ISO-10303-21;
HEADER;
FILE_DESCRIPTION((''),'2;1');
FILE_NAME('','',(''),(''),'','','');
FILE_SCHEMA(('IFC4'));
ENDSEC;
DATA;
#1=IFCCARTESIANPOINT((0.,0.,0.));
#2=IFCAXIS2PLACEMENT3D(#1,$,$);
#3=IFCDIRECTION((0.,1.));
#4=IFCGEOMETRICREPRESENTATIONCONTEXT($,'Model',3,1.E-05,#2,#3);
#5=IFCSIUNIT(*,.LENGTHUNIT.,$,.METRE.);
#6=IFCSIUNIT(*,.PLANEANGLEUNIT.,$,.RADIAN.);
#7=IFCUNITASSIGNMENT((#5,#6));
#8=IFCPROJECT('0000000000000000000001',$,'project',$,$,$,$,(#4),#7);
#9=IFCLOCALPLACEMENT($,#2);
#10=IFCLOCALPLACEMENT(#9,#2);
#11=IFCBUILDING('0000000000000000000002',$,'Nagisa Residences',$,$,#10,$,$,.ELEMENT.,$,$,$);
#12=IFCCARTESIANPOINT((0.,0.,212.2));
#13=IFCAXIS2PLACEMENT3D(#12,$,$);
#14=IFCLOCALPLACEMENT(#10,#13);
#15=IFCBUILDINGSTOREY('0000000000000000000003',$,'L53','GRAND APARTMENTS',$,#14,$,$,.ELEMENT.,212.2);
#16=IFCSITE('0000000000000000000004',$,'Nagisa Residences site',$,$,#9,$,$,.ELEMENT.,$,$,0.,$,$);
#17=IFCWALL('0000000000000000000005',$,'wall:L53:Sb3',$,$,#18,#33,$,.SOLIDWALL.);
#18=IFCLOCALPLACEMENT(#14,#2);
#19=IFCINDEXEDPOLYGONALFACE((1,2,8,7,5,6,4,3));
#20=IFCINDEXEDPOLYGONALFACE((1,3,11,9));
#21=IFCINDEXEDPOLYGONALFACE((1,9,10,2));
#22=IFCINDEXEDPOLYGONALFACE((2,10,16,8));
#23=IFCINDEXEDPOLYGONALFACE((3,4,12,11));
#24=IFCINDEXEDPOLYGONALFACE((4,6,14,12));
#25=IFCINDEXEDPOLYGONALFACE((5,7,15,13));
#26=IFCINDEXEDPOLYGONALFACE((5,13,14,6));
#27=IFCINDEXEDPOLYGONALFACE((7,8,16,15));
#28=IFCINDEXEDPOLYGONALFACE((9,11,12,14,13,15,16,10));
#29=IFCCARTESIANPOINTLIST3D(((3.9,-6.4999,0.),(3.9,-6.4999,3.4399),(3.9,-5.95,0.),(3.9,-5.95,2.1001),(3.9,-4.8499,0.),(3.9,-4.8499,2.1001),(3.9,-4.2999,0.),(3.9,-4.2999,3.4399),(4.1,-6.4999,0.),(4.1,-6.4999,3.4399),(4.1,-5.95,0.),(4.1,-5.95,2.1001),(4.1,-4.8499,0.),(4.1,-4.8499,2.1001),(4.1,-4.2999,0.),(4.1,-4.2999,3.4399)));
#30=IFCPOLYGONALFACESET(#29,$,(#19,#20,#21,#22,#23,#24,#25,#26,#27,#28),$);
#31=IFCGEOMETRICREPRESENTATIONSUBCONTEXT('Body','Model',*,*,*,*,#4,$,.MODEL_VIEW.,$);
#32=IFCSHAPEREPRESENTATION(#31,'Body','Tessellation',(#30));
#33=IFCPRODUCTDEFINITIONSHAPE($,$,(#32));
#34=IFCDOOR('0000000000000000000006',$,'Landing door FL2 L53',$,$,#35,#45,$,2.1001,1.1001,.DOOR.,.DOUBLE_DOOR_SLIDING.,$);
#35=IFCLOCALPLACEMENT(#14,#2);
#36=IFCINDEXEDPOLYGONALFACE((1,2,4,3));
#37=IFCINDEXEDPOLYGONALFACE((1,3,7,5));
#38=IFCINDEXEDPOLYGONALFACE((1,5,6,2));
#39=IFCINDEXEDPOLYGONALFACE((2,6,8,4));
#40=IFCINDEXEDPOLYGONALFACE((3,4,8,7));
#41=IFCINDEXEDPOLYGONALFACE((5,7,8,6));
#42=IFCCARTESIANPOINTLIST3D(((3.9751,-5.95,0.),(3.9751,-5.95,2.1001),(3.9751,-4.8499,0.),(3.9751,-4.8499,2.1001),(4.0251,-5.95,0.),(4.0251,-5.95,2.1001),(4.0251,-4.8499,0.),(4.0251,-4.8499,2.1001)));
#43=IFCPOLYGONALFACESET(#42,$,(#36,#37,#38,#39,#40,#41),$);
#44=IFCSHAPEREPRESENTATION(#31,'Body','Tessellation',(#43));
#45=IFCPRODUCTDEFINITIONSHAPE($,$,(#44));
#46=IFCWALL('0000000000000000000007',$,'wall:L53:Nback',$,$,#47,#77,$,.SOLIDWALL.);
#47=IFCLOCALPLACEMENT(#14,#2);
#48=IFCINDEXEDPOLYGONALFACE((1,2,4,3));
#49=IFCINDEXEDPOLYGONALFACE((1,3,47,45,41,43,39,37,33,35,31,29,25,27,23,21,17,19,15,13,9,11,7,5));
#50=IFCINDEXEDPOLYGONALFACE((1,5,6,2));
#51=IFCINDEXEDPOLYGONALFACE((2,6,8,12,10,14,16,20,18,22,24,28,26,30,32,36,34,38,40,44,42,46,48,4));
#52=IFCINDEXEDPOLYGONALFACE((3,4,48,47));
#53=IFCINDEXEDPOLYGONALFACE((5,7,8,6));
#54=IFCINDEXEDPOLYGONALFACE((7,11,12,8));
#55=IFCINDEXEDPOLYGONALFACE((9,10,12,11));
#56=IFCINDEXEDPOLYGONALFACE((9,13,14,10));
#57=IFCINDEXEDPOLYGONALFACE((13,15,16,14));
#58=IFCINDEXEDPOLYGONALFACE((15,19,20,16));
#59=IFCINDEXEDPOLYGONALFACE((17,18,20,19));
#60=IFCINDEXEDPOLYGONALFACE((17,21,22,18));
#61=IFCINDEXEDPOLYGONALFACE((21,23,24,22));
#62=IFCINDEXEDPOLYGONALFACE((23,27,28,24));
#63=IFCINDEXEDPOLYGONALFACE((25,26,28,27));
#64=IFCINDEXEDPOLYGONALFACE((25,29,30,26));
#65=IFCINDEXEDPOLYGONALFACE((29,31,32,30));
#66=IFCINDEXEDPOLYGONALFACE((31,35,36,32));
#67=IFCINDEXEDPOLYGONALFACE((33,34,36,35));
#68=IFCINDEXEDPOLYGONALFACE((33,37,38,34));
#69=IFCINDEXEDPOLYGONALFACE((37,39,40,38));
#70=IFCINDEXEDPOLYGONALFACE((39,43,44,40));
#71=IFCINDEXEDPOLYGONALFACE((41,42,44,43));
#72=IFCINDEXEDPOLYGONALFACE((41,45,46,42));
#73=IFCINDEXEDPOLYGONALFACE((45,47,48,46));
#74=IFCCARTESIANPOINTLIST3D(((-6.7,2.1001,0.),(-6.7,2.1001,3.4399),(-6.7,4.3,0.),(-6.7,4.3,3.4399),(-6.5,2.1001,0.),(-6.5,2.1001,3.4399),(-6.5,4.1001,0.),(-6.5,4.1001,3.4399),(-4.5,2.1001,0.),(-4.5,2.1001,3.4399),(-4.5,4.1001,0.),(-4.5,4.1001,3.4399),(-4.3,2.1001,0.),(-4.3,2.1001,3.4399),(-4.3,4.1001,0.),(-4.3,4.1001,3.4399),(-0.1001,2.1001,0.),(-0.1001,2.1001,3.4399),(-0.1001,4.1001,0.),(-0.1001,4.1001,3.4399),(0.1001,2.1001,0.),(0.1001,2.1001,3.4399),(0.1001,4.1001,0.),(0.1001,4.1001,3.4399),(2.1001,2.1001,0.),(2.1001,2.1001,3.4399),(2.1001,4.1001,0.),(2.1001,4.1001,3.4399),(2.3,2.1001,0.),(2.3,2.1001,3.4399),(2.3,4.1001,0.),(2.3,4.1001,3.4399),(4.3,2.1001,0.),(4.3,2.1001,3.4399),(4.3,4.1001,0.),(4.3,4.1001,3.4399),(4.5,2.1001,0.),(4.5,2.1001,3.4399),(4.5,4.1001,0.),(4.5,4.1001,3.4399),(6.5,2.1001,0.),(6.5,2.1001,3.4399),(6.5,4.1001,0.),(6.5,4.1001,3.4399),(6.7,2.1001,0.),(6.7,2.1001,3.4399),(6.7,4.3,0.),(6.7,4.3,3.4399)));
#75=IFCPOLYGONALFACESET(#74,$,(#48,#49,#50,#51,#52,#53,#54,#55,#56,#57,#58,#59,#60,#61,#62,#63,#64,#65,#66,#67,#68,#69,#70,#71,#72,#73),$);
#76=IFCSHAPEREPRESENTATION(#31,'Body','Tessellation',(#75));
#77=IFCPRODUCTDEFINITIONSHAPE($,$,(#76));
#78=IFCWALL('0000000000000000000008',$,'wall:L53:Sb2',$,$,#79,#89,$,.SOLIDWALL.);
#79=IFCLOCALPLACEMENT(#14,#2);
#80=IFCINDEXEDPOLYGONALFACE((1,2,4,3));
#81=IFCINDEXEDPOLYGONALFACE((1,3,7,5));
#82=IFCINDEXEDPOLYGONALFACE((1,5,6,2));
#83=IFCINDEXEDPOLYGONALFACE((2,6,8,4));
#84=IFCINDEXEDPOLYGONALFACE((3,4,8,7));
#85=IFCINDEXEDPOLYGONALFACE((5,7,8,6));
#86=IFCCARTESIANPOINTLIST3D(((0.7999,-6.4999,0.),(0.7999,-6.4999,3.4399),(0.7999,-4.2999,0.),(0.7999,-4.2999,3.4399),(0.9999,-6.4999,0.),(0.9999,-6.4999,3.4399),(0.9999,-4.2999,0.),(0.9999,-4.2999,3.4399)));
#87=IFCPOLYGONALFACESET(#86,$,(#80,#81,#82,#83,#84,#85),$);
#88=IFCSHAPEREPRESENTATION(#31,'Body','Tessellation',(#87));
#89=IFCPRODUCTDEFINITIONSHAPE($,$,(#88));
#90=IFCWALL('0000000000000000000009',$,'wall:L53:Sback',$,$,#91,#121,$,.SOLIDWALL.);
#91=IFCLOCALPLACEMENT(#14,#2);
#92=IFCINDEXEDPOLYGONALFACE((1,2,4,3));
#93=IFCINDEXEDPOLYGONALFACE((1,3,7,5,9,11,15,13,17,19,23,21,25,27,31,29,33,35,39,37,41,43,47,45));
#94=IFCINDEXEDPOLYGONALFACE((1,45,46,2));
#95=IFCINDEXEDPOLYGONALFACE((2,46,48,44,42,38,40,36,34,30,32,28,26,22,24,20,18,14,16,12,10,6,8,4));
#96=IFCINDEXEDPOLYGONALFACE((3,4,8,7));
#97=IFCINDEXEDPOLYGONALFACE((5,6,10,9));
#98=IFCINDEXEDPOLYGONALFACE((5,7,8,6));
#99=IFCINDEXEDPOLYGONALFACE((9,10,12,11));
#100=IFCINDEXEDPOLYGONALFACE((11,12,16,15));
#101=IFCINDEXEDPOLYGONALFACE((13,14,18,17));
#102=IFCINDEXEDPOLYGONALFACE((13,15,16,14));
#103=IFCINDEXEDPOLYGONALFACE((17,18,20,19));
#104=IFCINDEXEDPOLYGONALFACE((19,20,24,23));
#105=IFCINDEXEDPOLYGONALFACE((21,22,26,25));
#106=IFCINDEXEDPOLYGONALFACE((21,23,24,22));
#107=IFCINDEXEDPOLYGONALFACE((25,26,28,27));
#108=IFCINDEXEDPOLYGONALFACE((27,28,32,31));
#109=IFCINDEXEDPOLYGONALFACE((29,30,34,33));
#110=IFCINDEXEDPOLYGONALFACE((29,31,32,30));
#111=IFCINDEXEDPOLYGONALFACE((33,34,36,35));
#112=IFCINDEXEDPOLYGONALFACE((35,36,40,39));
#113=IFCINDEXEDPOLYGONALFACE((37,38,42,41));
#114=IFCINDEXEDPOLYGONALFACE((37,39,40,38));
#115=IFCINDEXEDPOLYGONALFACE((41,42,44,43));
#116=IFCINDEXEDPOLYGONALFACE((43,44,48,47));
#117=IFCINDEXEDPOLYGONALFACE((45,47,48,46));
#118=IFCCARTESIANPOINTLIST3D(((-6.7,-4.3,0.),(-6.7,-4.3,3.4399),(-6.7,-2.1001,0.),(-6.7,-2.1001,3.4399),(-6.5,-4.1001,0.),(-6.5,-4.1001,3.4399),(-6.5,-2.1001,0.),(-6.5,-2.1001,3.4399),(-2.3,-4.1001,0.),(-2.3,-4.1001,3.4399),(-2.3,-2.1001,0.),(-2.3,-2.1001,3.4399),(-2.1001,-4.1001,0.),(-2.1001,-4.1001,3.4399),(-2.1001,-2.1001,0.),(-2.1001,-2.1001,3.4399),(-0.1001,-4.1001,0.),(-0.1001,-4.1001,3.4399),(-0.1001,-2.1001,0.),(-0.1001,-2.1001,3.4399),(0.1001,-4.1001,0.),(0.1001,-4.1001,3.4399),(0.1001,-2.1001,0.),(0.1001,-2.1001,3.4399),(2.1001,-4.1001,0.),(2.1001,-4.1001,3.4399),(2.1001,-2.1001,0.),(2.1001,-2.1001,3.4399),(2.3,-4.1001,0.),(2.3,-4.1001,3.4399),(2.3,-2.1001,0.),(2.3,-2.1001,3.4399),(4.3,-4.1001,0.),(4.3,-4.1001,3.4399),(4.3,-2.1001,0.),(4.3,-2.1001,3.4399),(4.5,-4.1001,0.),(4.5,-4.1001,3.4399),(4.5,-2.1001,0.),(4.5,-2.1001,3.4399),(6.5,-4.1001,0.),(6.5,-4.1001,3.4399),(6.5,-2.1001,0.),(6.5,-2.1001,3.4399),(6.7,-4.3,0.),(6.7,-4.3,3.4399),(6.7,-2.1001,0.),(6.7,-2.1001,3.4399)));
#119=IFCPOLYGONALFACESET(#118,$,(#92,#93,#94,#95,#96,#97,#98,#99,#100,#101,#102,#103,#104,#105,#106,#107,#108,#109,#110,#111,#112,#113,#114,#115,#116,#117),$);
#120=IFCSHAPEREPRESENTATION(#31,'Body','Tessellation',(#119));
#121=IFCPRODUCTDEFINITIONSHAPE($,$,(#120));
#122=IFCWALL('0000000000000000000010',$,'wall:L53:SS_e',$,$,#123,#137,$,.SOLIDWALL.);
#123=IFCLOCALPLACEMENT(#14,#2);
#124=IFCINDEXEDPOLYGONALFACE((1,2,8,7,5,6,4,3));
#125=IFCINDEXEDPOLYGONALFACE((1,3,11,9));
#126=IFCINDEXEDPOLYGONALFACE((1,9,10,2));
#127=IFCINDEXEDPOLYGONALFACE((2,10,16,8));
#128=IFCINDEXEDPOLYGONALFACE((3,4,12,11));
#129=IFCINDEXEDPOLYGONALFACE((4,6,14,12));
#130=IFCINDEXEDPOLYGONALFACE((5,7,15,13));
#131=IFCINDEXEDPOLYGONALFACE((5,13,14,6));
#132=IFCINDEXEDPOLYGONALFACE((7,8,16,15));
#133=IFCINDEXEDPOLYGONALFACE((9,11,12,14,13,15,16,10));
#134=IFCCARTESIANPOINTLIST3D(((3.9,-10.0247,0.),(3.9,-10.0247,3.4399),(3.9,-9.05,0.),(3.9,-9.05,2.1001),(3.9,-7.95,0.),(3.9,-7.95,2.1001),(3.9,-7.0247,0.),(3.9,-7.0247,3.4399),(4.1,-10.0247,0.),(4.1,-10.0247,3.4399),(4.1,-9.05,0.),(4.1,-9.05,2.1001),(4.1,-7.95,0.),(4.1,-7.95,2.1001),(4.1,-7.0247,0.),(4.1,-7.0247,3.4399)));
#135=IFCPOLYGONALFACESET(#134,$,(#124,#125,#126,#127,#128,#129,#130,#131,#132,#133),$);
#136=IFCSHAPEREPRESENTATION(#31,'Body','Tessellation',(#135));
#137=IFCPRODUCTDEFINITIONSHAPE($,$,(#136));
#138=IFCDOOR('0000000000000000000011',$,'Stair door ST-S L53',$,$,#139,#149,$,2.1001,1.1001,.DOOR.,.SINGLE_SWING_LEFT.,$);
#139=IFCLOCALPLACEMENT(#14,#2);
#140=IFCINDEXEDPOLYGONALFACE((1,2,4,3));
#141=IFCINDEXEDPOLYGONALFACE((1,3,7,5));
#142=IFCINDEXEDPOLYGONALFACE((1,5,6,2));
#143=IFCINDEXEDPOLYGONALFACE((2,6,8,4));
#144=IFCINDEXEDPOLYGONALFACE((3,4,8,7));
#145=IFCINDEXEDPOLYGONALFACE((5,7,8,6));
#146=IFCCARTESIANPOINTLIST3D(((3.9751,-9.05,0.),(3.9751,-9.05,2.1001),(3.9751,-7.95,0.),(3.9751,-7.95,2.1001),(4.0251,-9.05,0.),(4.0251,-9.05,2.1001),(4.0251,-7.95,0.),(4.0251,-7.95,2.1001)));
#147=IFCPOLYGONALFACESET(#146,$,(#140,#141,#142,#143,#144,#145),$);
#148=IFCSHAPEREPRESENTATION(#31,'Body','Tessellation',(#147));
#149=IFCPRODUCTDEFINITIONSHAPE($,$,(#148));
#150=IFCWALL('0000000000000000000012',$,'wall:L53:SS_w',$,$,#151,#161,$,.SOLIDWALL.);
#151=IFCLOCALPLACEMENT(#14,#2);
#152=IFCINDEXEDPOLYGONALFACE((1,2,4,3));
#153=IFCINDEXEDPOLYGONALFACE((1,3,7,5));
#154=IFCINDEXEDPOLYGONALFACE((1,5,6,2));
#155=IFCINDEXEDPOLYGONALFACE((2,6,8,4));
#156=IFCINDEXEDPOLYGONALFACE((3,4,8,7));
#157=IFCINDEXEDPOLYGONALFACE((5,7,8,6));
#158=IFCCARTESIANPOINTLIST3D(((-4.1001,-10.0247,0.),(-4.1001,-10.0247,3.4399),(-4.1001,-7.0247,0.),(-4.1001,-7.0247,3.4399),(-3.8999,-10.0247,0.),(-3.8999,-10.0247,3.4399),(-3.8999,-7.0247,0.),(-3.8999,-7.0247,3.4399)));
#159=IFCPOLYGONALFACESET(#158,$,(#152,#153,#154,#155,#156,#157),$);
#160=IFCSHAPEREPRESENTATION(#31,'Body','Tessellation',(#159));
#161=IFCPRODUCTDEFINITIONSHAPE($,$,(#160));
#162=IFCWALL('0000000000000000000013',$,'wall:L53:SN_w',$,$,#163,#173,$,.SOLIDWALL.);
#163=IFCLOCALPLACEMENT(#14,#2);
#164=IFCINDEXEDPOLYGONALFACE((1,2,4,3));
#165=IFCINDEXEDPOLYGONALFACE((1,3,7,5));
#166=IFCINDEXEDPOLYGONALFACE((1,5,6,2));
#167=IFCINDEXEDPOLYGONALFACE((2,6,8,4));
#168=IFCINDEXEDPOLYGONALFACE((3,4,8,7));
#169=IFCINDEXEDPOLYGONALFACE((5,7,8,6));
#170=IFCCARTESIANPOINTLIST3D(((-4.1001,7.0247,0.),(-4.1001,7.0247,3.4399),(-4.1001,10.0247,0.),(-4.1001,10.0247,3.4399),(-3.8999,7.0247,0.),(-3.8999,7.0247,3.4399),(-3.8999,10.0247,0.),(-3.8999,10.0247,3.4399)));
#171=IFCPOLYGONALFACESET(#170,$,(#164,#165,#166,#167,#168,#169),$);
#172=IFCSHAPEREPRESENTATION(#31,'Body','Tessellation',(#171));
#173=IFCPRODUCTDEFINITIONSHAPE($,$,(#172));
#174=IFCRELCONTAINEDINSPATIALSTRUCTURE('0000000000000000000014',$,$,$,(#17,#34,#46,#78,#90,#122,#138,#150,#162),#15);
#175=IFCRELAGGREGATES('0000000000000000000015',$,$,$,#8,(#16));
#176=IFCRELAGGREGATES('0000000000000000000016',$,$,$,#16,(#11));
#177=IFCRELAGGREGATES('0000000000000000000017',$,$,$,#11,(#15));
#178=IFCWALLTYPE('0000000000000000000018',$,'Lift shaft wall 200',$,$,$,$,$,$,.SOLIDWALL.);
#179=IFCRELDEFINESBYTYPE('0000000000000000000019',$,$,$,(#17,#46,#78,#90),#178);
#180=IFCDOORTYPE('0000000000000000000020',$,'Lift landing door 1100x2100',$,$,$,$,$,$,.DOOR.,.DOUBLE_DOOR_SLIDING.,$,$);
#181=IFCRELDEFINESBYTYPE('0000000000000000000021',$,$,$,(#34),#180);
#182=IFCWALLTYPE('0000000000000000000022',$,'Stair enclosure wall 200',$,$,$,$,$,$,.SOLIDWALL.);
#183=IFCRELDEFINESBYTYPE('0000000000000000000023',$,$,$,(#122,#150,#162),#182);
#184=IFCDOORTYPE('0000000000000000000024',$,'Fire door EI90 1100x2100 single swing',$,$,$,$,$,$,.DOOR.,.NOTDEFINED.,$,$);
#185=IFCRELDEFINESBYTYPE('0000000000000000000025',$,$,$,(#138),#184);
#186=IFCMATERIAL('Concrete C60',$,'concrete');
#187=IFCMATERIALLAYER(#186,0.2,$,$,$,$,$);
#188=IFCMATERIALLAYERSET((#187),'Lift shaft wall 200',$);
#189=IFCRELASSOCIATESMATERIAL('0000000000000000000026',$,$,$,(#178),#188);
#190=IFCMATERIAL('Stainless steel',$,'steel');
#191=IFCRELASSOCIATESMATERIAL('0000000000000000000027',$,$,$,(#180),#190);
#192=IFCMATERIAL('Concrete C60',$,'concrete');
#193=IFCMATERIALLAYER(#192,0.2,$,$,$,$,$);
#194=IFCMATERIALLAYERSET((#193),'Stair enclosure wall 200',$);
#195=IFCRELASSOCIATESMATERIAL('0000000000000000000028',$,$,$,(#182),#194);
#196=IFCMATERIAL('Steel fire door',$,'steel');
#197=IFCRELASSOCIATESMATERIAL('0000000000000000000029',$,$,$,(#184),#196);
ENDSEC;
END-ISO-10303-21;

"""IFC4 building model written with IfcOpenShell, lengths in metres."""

from ifc_helpers import new_model, si_unit, direction, frame, frame_2d, origin, place, context, subcontext, project, spatial, polyline, rectangle, outline, extrude, material, layer, layer_set, type_object, element, fill, save


model = new_model("IFC4")

# Units and contexts
model_context = context("Model", 3, precision=1e-05, world=origin(), true_north=direction((0.0, 1.0)))
body_context = subcontext(model_context, "Body", "Model", "MODEL_VIEW")
ifc_project = project(units=[si_unit("LENGTHUNIT", "METRE"), si_unit("PLANEANGLEUNIT", "RADIAN")], contexts=[model_context])

# Site, building, storey
site_placement = place(None, origin())
site = spatial("IfcSite", under=ifc_project, at=site_placement, Name="Nagisa Residences site", CompositionType="ELEMENT", RefElevation=0.0)
building_placement = place(site_placement, origin())
building = spatial("IfcBuilding", under=site, at=building_placement, Name="Nagisa Residences", CompositionType="ELEMENT")
storey_placement = place(building_placement, frame((0.0, 0.0, 212.2)))
storey = spatial("IfcBuildingStorey", under=building, at=storey_placement, Name="L53", Description="GRAND APARTMENTS", CompositionType="ELEMENT", Elevation=212.2)

# Wall, opening, door
ifc_material_1 = material(Name="Concrete C60", Category="concrete")
ifc_layer_1 = layer(ifc_material_1, 0.2)
ifc_layer_set_1 = layer_set([ifc_layer_1], Name="Lift shaft wall 200")
wall_type_1 = type_object("IfcWallType", Name="Lift shaft wall 200", PredefinedType="SOLIDWALL", material=ifc_layer_set_1)
wall_1_placement = place(storey_placement, frame((4.0, -6.5, 0.0), z_axis=(0.0, 0.0, 1.0), x_axis=(0.0, 1.0, 0.0)))
wall_1 = element("IfcWall", 1, at=wall_1_placement, inside=storey, type_object=wall_type_1, Name="wall:L53:Sb3", PredefinedType="SOLIDWALL", context=body_context, shape_type="SweptSolid", body=[
    extrude(rectangle(XDim=2.2, YDim=0.2, at=frame_2d((1.1001, 0.0))), origin(), (0.0, 0.0, 1.0), 3.4399),
])
opening_1_placement = place(wall_1_placement, frame((0.55, 0.0, 0.0)))
opening_1 = element("IfcOpeningElement", 2, at=opening_1_placement, cuts=wall_1, PredefinedType="OPENING", context=body_context, shape_type="SweptSolid", body=[
    extrude(rectangle(XDim=1.1001, YDim=2.1001, at=frame_2d((0.55, 1.05))), frame((0.0, 0.1099, 0.0), z_axis=(0.0, -1.0, 0.0), x_axis=(1.0, 0.0, 0.0)), (0.0, 0.0, 1.0), 0.22),
])
ifc_material_2 = material(Name="Stainless steel", Category="steel")
door_type_1 = type_object("IfcDoorType", Name="Lift landing door 1100x2100", OperationType="DOUBLE_DOOR_SLIDING", PredefinedType="DOOR", material=ifc_material_2)
door_1_placement = place(opening_1_placement, origin())
door_1 = element("IfcDoor", 3, at=door_1_placement, inside=storey, type_object=door_type_1, Name="Landing door FL2 L53", OperationType="DOUBLE_DOOR_SLIDING", OverallHeight=2.1001, OverallWidth=1.1001, PredefinedType="DOOR", context=body_context, shape_type="SweptSolid", body=[
    extrude(rectangle(XDim=1.1001, YDim=2.1001, at=frame_2d((0.55, 1.05))), frame((0.0, 0.0249, 0.0), z_axis=(0.0, -1.0, 0.0), x_axis=(1.0, 0.0, 0.0)), (0.0, 0.0, 1.0), 0.05),
])
fill(opening_1, door_1)

# Walls
wall_2_placement = place(storey_placement, origin())
element("IfcWall", 4, at=wall_2_placement, inside=storey, type_object=wall_type_1, Name="wall:L53:Nback", PredefinedType="SOLIDWALL", context=body_context, shape_type="SweptSolid", body=[
    extrude(outline(polyline([(-6.7, 4.3), (6.7, 4.3), (6.7, 2.1001), (6.5, 2.1001), (6.5, 4.1001), (4.5, 4.1001), (4.5, 2.1001), (4.3, 2.1001), (4.3, 4.1001), (2.3, 4.1001), (2.3, 2.1001), (2.1001, 2.1001), (2.1001, 4.1001), (0.1001, 4.1001), (0.1001, 2.1001), (-0.1001, 2.1001), (-0.1001, 4.1001), (-4.3, 4.1001), (-4.3, 2.1001), (-4.5, 2.1001), (-4.5, 4.1001), (-6.5, 4.1001), (-6.5, 2.1001), (-6.7, 2.1001), (-6.7, 4.3)])), origin(), (0.0, 0.0, 1.0), 3.4399),
])
wall_3_placement = place(storey_placement, frame((0.8999, -6.5, 0.0), z_axis=(0.0, 0.0, 1.0), x_axis=(0.0, 1.0, 0.0)))
element("IfcWall", 5, at=wall_3_placement, inside=storey, type_object=wall_type_1, Name="wall:L53:Sb2", PredefinedType="SOLIDWALL", context=body_context, shape_type="SweptSolid", body=[
    extrude(rectangle(XDim=2.2, YDim=0.2, at=frame_2d((1.1001, 0.0))), origin(), (0.0, 0.0, 1.0), 3.4399),
])
wall_4_placement = place(storey_placement, origin())
element("IfcWall", 6, at=wall_4_placement, inside=storey, type_object=wall_type_1, Name="wall:L53:Sback", PredefinedType="SOLIDWALL", context=body_context, shape_type="SweptSolid", body=[
    extrude(outline(polyline([(-6.7, -2.1001), (-6.5, -2.1001), (-6.5, -4.1001), (-2.3, -4.1001), (-2.3, -2.1001), (-2.1001, -2.1001), (-2.1001, -4.1001), (-0.1001, -4.1001), (-0.1001, -2.1001), (0.1001, -2.1001), (0.1001, -4.1001), (2.1001, -4.1001), (2.1001, -2.1001), (2.3, -2.1001), (2.3, -4.1001), (4.3, -4.1001), (4.3, -2.1001), (4.5, -2.1001), (4.5, -4.1001), (6.5, -4.1001), (6.5, -2.1001), (6.7, -2.1001), (6.7, -4.3), (-6.7, -4.3), (-6.7, -2.1001)])), origin(), (0.0, 0.0, 1.0), 3.4399),
])

# Wall, opening, door
ifc_material_3 = material(Name="Concrete C60", Category="concrete")
ifc_layer_2 = layer(ifc_material_3, 0.2)
ifc_layer_set_2 = layer_set([ifc_layer_2], Name="Stair enclosure wall 200")
wall_type_2 = type_object("IfcWallType", Name="Stair enclosure wall 200", PredefinedType="SOLIDWALL", material=ifc_layer_set_2)
wall_5_placement = place(storey_placement, frame((4.0, -10.0247, 0.0), z_axis=(0.0, 0.0, 1.0), x_axis=(0.0, 1.0, 0.0)))
wall_5 = element("IfcWall", 7, at=wall_5_placement, inside=storey, type_object=wall_type_2, Name="wall:L53:SS_e", PredefinedType="SOLIDWALL", context=body_context, shape_type="SweptSolid", body=[
    extrude(rectangle(XDim=3.0, YDim=0.2, at=frame_2d((1.5, 0.0))), origin(), (0.0, 0.0, 1.0), 3.4399),
])
opening_2_placement = place(wall_5_placement, frame((0.9746, 0.0, 0.0)))
opening_2 = element("IfcOpeningElement", 8, at=opening_2_placement, cuts=wall_5, PredefinedType="OPENING", context=body_context, shape_type="SweptSolid", body=[
    extrude(rectangle(XDim=1.1001, YDim=2.1001, at=frame_2d((0.55, 1.05))), frame((0.0, 0.1099, 0.0), z_axis=(0.0, -1.0, 0.0), x_axis=(1.0, 0.0, 0.0)), (0.0, 0.0, 1.0), 0.22),
])
ifc_material_4 = material(Name="Steel fire door", Category="steel")
door_type_2 = type_object("IfcDoorType", Name="Fire door EI90 1100x2100 single swing", OperationType="NOTDEFINED", PredefinedType="DOOR", material=ifc_material_4)
door_2_placement = place(opening_2_placement, origin())
door_2 = element("IfcDoor", 9, at=door_2_placement, inside=storey, type_object=door_type_2, Name="Stair door ST-S L53", OperationType="SINGLE_SWING_LEFT", OverallHeight=2.1001, OverallWidth=1.1001, PredefinedType="DOOR", context=body_context, shape_type="SweptSolid", body=[
    extrude(rectangle(XDim=1.1001, YDim=2.1001, at=frame_2d((0.55, 1.05))), frame((0.0, 0.0249, 0.0), z_axis=(0.0, -1.0, 0.0), x_axis=(1.0, 0.0, 0.0)), (0.0, 0.0, 1.0), 0.05),
])
fill(opening_2, door_2)

# Walls
wall_6_placement = place(storey_placement, origin())
element("IfcWall", 10, at=wall_6_placement, inside=storey, type_object=wall_type_2, Name="wall:L53:SS_w", PredefinedType="SOLIDWALL", context=body_context, shape_type="SweptSolid", body=[
    extrude(outline(polyline([(-3.8999, -10.0247), (-4.1001, -10.0247), (-4.1001, -7.0247), (-3.8999, -7.0247), (-3.8999, -10.0247)])), origin(), (0.0, 0.0, 1.0), 3.4399),
])
wall_7_placement = place(storey_placement, origin())
element("IfcWall", 11, at=wall_7_placement, inside=storey, type_object=wall_type_2, Name="wall:L53:SN_w", PredefinedType="SOLIDWALL", context=body_context, shape_type="SweptSolid", body=[
    extrude(outline(polyline([(-3.8999, 7.0247), (-4.1001, 7.0247), (-4.1001, 10.0247), (-3.8999, 10.0247), (-3.8999, 7.0247)])), origin(), (0.0, 0.0, 1.0), 3.4399),
])

save(model, "model.ifc")
